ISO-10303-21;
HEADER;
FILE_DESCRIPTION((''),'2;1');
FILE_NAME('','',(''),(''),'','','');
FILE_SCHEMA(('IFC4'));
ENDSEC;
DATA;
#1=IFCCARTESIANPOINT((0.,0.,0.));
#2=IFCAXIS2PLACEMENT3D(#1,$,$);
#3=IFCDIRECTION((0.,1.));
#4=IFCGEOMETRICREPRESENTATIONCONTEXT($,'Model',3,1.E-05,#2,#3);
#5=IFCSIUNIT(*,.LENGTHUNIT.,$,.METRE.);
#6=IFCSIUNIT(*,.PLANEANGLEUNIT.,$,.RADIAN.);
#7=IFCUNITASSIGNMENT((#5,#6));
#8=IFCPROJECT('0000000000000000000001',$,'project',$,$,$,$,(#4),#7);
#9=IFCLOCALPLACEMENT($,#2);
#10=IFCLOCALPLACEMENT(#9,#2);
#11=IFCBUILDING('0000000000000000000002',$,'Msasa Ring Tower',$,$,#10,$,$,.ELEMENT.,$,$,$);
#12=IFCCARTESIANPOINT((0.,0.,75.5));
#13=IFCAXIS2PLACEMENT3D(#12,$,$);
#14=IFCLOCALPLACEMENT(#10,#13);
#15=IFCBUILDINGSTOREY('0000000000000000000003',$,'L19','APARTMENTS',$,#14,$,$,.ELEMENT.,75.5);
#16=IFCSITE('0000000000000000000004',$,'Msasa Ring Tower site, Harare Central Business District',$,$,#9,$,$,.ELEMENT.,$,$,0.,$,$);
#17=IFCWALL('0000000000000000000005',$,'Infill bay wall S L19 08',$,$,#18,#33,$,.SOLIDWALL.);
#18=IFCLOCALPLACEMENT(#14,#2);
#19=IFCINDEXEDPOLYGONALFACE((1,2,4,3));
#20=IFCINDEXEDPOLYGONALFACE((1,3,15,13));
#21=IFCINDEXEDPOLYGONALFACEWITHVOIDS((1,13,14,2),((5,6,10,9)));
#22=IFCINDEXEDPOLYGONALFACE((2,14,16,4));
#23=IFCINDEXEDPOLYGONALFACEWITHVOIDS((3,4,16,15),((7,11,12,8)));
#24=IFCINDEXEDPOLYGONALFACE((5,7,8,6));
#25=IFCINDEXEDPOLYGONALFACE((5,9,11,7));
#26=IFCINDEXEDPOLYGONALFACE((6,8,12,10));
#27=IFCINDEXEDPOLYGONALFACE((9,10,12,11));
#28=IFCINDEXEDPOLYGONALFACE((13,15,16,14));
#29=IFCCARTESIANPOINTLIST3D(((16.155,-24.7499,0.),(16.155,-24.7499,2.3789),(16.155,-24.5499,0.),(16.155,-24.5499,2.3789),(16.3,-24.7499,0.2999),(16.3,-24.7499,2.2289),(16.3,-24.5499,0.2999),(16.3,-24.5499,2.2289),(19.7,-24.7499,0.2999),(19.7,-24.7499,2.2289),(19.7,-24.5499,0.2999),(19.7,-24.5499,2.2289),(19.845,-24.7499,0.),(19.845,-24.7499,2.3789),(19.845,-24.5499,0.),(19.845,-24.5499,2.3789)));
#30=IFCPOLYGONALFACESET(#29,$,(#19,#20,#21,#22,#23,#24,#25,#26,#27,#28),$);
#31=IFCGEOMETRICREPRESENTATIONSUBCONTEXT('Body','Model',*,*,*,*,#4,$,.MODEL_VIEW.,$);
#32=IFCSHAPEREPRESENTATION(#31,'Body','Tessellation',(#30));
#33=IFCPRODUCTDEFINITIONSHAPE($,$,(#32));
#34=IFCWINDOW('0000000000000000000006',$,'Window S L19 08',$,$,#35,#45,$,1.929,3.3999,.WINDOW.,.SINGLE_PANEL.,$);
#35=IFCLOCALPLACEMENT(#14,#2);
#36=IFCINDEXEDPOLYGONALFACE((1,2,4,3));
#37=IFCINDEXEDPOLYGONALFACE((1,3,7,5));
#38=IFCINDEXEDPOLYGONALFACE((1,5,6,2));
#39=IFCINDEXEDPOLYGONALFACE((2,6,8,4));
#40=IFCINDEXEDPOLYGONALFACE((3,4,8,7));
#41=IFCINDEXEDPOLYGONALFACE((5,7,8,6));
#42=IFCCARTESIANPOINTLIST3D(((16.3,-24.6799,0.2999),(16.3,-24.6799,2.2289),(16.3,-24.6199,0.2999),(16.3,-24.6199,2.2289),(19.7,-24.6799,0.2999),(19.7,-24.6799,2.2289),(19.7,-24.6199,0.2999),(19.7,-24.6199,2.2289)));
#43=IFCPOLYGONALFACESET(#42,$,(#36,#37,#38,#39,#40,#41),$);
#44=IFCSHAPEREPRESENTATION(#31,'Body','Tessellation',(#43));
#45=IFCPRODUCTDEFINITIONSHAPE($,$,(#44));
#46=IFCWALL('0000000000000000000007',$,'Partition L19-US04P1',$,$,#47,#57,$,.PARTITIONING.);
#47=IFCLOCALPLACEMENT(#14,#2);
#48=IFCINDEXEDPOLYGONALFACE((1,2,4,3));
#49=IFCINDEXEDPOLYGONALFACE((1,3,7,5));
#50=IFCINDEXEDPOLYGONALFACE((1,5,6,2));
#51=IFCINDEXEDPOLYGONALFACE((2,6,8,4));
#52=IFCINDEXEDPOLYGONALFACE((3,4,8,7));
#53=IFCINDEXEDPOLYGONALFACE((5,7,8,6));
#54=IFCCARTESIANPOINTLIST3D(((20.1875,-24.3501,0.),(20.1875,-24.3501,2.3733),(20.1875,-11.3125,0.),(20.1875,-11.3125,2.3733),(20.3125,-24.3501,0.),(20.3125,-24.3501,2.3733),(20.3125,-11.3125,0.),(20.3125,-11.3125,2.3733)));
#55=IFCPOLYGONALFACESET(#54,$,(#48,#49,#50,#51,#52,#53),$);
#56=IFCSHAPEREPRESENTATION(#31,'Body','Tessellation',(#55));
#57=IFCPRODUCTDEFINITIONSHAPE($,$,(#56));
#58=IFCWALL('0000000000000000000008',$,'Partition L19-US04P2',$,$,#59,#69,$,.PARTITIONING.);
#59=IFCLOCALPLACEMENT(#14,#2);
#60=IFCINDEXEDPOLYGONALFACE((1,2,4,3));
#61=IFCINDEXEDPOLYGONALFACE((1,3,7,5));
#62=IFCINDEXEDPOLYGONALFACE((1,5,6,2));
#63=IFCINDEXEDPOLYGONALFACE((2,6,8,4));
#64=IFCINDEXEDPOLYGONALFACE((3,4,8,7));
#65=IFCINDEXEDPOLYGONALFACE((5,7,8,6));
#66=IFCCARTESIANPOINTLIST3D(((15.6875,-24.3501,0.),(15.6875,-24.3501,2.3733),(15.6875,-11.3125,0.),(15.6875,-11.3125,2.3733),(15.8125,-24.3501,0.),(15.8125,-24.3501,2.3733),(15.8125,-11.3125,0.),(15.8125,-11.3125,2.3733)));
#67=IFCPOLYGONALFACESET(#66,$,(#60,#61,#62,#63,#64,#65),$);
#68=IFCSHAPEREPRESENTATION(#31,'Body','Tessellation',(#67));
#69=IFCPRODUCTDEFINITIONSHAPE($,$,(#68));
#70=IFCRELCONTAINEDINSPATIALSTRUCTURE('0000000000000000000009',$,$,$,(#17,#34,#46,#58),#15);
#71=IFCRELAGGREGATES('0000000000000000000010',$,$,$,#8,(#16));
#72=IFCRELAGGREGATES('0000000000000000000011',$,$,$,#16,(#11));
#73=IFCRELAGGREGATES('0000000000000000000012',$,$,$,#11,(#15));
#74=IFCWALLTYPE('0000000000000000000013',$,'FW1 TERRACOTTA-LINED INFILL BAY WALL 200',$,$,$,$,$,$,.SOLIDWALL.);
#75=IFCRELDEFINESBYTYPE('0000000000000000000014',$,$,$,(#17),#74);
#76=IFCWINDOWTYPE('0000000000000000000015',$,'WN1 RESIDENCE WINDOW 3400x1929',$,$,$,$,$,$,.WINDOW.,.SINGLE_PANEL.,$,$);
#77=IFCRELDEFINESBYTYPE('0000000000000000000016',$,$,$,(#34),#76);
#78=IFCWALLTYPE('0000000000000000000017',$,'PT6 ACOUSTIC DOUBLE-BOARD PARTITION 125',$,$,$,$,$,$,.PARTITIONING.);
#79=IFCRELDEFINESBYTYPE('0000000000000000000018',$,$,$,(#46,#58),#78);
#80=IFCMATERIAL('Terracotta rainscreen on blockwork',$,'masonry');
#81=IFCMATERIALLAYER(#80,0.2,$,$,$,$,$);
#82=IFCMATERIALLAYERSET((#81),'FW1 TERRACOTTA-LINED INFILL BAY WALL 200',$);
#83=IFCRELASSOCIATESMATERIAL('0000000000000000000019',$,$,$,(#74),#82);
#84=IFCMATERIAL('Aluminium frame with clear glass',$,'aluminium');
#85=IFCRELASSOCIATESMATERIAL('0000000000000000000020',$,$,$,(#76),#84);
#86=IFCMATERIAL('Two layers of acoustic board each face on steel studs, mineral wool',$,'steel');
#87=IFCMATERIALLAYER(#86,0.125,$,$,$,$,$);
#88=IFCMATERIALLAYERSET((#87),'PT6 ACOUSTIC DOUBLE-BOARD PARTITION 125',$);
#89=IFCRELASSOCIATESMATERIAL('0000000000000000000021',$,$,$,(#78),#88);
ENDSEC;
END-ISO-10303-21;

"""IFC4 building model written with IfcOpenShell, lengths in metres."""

from ifc_helpers import new_model, si_unit, direction, frame, frame_2d, origin, place, context, subcontext, project, spatial, rectangle, extrude, material, layer, layer_set, type_object, element, fill, save


model = new_model("IFC4")

# Units and contexts
model_context = context("Model", 3, precision=1e-05, world=origin(), true_north=direction((0.0, 1.0)))
body_context = subcontext(model_context, "Body", "Model", "MODEL_VIEW")
ifc_project = project(units=[si_unit("LENGTHUNIT", "METRE"), si_unit("PLANEANGLEUNIT", "RADIAN")], contexts=[model_context])

# Site, building, storey
site_placement = place(None, origin())
site = spatial("IfcSite", under=ifc_project, at=site_placement, Name="Msasa Ring Tower site, Harare Central Business District", CompositionType="ELEMENT", RefElevation=0.0)
building_placement = place(site_placement, origin())
building = spatial("IfcBuilding", under=site, at=building_placement, Name="Msasa Ring Tower", CompositionType="ELEMENT")
storey_placement = place(building_placement, frame((0.0, 0.0, 75.5)))
storey = spatial("IfcBuildingStorey", under=building, at=storey_placement, Name="L19", Description="APARTMENTS", CompositionType="ELEMENT", Elevation=75.5)

# Wall, opening, window
ifc_material_1 = material(Name="Terracotta rainscreen on blockwork", Category="masonry")
ifc_layer_1 = layer(ifc_material_1, 0.2)
ifc_layer_set_1 = layer_set([ifc_layer_1], Name="FW1 TERRACOTTA-LINED INFILL BAY WALL 200")
wall_type_1 = type_object("IfcWallType", Name="FW1 TERRACOTTA-LINED INFILL BAY WALL 200", PredefinedType="SOLIDWALL", material=ifc_layer_set_1)
wall_placement = place(storey_placement, frame((16.155, -24.6499, 0.0), z_axis=(0.0, 0.0, 1.0), x_axis=(1.0, 0.0, 0.0)))
wall = element("IfcWall", 1, at=wall_placement, inside=storey, type_object=wall_type_1, Name="Infill bay wall S L19 08", PredefinedType="SOLIDWALL", context=body_context, shape_type="SweptSolid", body=[
    extrude(rectangle(XDim=3.6899, YDim=0.2, at=frame_2d((1.845, 0.0))), origin(), (0.0, 0.0, 1.0), 2.3789),
])
opening_placement = place(wall_placement, frame((0.145, 0.0, 0.3)))
opening = element("IfcOpeningElement", 2, at=opening_placement, cuts=wall, PredefinedType="OPENING", context=body_context, shape_type="SweptSolid", body=[
    extrude(rectangle(XDim=3.3999, YDim=1.929, at=frame_2d((1.7, 0.9644))), frame((0.0, 0.1099, 0.0), z_axis=(0.0, -1.0, 0.0), x_axis=(1.0, 0.0, 0.0)), (0.0, 0.0, 1.0), 0.22),
])
ifc_material_2 = material(Name="Aluminium frame with clear glass", Category="aluminium")
window_type = type_object("IfcWindowType", Name="WN1 RESIDENCE WINDOW 3400x1929", PartitioningType="SINGLE_PANEL", PredefinedType="WINDOW", material=ifc_material_2)
window_placement = place(opening_placement, origin())
window = element("IfcWindow", 3, at=window_placement, inside=storey, type_object=window_type, Name="Window S L19 08", OverallHeight=1.929, OverallWidth=3.3999, PartitioningType="SINGLE_PANEL", PredefinedType="WINDOW", context=body_context, shape_type="SweptSolid", body=[
    extrude(rectangle(XDim=3.3999, YDim=1.929, at=frame_2d((1.7, 0.9644))), frame((0.0, 0.03, 0.0), z_axis=(0.0, -1.0, 0.0), x_axis=(1.0, 0.0, 0.0)), (0.0, 0.0, 1.0), 0.0601),
])
fill(opening, window)

# Walls
ifc_material_3 = material(Name="Two layers of acoustic board each face on steel studs, mineral wool", Category="steel")
ifc_layer_2 = layer(ifc_material_3, 0.125)
ifc_layer_set_2 = layer_set([ifc_layer_2], Name="PT6 ACOUSTIC DOUBLE-BOARD PARTITION 125")
wall_type_2 = type_object("IfcWallType", Name="PT6 ACOUSTIC DOUBLE-BOARD PARTITION 125", PredefinedType="PARTITIONING", material=ifc_layer_set_2)
for number, where, z_axis, x_axis, name in (
    (4, (20.25, -24.3501, 0.0), (0.0, 0.0, 1.0), (0.0, 1.0, 0.0), "Partition L19-US04P1"),
    (5, (15.75, -24.3501, 0.0), (0.0, 0.0, 1.0), (0.0, 1.0, 0.0), "Partition L19-US04P2"),
):
    element("IfcWall", number, at=place(storey_placement, frame(where, z_axis=z_axis, x_axis=x_axis)), inside=storey, type_object=wall_type_2, Name=name, PredefinedType="PARTITIONING", context=body_context, shape_type="SweptSolid", body=[
        extrude(rectangle(XDim=13.0376, YDim=0.125, at=frame_2d((6.5188, 0.0))), origin(), (0.0, 0.0, 1.0), 2.3733),
    ])

save(model, "model.ifc")
